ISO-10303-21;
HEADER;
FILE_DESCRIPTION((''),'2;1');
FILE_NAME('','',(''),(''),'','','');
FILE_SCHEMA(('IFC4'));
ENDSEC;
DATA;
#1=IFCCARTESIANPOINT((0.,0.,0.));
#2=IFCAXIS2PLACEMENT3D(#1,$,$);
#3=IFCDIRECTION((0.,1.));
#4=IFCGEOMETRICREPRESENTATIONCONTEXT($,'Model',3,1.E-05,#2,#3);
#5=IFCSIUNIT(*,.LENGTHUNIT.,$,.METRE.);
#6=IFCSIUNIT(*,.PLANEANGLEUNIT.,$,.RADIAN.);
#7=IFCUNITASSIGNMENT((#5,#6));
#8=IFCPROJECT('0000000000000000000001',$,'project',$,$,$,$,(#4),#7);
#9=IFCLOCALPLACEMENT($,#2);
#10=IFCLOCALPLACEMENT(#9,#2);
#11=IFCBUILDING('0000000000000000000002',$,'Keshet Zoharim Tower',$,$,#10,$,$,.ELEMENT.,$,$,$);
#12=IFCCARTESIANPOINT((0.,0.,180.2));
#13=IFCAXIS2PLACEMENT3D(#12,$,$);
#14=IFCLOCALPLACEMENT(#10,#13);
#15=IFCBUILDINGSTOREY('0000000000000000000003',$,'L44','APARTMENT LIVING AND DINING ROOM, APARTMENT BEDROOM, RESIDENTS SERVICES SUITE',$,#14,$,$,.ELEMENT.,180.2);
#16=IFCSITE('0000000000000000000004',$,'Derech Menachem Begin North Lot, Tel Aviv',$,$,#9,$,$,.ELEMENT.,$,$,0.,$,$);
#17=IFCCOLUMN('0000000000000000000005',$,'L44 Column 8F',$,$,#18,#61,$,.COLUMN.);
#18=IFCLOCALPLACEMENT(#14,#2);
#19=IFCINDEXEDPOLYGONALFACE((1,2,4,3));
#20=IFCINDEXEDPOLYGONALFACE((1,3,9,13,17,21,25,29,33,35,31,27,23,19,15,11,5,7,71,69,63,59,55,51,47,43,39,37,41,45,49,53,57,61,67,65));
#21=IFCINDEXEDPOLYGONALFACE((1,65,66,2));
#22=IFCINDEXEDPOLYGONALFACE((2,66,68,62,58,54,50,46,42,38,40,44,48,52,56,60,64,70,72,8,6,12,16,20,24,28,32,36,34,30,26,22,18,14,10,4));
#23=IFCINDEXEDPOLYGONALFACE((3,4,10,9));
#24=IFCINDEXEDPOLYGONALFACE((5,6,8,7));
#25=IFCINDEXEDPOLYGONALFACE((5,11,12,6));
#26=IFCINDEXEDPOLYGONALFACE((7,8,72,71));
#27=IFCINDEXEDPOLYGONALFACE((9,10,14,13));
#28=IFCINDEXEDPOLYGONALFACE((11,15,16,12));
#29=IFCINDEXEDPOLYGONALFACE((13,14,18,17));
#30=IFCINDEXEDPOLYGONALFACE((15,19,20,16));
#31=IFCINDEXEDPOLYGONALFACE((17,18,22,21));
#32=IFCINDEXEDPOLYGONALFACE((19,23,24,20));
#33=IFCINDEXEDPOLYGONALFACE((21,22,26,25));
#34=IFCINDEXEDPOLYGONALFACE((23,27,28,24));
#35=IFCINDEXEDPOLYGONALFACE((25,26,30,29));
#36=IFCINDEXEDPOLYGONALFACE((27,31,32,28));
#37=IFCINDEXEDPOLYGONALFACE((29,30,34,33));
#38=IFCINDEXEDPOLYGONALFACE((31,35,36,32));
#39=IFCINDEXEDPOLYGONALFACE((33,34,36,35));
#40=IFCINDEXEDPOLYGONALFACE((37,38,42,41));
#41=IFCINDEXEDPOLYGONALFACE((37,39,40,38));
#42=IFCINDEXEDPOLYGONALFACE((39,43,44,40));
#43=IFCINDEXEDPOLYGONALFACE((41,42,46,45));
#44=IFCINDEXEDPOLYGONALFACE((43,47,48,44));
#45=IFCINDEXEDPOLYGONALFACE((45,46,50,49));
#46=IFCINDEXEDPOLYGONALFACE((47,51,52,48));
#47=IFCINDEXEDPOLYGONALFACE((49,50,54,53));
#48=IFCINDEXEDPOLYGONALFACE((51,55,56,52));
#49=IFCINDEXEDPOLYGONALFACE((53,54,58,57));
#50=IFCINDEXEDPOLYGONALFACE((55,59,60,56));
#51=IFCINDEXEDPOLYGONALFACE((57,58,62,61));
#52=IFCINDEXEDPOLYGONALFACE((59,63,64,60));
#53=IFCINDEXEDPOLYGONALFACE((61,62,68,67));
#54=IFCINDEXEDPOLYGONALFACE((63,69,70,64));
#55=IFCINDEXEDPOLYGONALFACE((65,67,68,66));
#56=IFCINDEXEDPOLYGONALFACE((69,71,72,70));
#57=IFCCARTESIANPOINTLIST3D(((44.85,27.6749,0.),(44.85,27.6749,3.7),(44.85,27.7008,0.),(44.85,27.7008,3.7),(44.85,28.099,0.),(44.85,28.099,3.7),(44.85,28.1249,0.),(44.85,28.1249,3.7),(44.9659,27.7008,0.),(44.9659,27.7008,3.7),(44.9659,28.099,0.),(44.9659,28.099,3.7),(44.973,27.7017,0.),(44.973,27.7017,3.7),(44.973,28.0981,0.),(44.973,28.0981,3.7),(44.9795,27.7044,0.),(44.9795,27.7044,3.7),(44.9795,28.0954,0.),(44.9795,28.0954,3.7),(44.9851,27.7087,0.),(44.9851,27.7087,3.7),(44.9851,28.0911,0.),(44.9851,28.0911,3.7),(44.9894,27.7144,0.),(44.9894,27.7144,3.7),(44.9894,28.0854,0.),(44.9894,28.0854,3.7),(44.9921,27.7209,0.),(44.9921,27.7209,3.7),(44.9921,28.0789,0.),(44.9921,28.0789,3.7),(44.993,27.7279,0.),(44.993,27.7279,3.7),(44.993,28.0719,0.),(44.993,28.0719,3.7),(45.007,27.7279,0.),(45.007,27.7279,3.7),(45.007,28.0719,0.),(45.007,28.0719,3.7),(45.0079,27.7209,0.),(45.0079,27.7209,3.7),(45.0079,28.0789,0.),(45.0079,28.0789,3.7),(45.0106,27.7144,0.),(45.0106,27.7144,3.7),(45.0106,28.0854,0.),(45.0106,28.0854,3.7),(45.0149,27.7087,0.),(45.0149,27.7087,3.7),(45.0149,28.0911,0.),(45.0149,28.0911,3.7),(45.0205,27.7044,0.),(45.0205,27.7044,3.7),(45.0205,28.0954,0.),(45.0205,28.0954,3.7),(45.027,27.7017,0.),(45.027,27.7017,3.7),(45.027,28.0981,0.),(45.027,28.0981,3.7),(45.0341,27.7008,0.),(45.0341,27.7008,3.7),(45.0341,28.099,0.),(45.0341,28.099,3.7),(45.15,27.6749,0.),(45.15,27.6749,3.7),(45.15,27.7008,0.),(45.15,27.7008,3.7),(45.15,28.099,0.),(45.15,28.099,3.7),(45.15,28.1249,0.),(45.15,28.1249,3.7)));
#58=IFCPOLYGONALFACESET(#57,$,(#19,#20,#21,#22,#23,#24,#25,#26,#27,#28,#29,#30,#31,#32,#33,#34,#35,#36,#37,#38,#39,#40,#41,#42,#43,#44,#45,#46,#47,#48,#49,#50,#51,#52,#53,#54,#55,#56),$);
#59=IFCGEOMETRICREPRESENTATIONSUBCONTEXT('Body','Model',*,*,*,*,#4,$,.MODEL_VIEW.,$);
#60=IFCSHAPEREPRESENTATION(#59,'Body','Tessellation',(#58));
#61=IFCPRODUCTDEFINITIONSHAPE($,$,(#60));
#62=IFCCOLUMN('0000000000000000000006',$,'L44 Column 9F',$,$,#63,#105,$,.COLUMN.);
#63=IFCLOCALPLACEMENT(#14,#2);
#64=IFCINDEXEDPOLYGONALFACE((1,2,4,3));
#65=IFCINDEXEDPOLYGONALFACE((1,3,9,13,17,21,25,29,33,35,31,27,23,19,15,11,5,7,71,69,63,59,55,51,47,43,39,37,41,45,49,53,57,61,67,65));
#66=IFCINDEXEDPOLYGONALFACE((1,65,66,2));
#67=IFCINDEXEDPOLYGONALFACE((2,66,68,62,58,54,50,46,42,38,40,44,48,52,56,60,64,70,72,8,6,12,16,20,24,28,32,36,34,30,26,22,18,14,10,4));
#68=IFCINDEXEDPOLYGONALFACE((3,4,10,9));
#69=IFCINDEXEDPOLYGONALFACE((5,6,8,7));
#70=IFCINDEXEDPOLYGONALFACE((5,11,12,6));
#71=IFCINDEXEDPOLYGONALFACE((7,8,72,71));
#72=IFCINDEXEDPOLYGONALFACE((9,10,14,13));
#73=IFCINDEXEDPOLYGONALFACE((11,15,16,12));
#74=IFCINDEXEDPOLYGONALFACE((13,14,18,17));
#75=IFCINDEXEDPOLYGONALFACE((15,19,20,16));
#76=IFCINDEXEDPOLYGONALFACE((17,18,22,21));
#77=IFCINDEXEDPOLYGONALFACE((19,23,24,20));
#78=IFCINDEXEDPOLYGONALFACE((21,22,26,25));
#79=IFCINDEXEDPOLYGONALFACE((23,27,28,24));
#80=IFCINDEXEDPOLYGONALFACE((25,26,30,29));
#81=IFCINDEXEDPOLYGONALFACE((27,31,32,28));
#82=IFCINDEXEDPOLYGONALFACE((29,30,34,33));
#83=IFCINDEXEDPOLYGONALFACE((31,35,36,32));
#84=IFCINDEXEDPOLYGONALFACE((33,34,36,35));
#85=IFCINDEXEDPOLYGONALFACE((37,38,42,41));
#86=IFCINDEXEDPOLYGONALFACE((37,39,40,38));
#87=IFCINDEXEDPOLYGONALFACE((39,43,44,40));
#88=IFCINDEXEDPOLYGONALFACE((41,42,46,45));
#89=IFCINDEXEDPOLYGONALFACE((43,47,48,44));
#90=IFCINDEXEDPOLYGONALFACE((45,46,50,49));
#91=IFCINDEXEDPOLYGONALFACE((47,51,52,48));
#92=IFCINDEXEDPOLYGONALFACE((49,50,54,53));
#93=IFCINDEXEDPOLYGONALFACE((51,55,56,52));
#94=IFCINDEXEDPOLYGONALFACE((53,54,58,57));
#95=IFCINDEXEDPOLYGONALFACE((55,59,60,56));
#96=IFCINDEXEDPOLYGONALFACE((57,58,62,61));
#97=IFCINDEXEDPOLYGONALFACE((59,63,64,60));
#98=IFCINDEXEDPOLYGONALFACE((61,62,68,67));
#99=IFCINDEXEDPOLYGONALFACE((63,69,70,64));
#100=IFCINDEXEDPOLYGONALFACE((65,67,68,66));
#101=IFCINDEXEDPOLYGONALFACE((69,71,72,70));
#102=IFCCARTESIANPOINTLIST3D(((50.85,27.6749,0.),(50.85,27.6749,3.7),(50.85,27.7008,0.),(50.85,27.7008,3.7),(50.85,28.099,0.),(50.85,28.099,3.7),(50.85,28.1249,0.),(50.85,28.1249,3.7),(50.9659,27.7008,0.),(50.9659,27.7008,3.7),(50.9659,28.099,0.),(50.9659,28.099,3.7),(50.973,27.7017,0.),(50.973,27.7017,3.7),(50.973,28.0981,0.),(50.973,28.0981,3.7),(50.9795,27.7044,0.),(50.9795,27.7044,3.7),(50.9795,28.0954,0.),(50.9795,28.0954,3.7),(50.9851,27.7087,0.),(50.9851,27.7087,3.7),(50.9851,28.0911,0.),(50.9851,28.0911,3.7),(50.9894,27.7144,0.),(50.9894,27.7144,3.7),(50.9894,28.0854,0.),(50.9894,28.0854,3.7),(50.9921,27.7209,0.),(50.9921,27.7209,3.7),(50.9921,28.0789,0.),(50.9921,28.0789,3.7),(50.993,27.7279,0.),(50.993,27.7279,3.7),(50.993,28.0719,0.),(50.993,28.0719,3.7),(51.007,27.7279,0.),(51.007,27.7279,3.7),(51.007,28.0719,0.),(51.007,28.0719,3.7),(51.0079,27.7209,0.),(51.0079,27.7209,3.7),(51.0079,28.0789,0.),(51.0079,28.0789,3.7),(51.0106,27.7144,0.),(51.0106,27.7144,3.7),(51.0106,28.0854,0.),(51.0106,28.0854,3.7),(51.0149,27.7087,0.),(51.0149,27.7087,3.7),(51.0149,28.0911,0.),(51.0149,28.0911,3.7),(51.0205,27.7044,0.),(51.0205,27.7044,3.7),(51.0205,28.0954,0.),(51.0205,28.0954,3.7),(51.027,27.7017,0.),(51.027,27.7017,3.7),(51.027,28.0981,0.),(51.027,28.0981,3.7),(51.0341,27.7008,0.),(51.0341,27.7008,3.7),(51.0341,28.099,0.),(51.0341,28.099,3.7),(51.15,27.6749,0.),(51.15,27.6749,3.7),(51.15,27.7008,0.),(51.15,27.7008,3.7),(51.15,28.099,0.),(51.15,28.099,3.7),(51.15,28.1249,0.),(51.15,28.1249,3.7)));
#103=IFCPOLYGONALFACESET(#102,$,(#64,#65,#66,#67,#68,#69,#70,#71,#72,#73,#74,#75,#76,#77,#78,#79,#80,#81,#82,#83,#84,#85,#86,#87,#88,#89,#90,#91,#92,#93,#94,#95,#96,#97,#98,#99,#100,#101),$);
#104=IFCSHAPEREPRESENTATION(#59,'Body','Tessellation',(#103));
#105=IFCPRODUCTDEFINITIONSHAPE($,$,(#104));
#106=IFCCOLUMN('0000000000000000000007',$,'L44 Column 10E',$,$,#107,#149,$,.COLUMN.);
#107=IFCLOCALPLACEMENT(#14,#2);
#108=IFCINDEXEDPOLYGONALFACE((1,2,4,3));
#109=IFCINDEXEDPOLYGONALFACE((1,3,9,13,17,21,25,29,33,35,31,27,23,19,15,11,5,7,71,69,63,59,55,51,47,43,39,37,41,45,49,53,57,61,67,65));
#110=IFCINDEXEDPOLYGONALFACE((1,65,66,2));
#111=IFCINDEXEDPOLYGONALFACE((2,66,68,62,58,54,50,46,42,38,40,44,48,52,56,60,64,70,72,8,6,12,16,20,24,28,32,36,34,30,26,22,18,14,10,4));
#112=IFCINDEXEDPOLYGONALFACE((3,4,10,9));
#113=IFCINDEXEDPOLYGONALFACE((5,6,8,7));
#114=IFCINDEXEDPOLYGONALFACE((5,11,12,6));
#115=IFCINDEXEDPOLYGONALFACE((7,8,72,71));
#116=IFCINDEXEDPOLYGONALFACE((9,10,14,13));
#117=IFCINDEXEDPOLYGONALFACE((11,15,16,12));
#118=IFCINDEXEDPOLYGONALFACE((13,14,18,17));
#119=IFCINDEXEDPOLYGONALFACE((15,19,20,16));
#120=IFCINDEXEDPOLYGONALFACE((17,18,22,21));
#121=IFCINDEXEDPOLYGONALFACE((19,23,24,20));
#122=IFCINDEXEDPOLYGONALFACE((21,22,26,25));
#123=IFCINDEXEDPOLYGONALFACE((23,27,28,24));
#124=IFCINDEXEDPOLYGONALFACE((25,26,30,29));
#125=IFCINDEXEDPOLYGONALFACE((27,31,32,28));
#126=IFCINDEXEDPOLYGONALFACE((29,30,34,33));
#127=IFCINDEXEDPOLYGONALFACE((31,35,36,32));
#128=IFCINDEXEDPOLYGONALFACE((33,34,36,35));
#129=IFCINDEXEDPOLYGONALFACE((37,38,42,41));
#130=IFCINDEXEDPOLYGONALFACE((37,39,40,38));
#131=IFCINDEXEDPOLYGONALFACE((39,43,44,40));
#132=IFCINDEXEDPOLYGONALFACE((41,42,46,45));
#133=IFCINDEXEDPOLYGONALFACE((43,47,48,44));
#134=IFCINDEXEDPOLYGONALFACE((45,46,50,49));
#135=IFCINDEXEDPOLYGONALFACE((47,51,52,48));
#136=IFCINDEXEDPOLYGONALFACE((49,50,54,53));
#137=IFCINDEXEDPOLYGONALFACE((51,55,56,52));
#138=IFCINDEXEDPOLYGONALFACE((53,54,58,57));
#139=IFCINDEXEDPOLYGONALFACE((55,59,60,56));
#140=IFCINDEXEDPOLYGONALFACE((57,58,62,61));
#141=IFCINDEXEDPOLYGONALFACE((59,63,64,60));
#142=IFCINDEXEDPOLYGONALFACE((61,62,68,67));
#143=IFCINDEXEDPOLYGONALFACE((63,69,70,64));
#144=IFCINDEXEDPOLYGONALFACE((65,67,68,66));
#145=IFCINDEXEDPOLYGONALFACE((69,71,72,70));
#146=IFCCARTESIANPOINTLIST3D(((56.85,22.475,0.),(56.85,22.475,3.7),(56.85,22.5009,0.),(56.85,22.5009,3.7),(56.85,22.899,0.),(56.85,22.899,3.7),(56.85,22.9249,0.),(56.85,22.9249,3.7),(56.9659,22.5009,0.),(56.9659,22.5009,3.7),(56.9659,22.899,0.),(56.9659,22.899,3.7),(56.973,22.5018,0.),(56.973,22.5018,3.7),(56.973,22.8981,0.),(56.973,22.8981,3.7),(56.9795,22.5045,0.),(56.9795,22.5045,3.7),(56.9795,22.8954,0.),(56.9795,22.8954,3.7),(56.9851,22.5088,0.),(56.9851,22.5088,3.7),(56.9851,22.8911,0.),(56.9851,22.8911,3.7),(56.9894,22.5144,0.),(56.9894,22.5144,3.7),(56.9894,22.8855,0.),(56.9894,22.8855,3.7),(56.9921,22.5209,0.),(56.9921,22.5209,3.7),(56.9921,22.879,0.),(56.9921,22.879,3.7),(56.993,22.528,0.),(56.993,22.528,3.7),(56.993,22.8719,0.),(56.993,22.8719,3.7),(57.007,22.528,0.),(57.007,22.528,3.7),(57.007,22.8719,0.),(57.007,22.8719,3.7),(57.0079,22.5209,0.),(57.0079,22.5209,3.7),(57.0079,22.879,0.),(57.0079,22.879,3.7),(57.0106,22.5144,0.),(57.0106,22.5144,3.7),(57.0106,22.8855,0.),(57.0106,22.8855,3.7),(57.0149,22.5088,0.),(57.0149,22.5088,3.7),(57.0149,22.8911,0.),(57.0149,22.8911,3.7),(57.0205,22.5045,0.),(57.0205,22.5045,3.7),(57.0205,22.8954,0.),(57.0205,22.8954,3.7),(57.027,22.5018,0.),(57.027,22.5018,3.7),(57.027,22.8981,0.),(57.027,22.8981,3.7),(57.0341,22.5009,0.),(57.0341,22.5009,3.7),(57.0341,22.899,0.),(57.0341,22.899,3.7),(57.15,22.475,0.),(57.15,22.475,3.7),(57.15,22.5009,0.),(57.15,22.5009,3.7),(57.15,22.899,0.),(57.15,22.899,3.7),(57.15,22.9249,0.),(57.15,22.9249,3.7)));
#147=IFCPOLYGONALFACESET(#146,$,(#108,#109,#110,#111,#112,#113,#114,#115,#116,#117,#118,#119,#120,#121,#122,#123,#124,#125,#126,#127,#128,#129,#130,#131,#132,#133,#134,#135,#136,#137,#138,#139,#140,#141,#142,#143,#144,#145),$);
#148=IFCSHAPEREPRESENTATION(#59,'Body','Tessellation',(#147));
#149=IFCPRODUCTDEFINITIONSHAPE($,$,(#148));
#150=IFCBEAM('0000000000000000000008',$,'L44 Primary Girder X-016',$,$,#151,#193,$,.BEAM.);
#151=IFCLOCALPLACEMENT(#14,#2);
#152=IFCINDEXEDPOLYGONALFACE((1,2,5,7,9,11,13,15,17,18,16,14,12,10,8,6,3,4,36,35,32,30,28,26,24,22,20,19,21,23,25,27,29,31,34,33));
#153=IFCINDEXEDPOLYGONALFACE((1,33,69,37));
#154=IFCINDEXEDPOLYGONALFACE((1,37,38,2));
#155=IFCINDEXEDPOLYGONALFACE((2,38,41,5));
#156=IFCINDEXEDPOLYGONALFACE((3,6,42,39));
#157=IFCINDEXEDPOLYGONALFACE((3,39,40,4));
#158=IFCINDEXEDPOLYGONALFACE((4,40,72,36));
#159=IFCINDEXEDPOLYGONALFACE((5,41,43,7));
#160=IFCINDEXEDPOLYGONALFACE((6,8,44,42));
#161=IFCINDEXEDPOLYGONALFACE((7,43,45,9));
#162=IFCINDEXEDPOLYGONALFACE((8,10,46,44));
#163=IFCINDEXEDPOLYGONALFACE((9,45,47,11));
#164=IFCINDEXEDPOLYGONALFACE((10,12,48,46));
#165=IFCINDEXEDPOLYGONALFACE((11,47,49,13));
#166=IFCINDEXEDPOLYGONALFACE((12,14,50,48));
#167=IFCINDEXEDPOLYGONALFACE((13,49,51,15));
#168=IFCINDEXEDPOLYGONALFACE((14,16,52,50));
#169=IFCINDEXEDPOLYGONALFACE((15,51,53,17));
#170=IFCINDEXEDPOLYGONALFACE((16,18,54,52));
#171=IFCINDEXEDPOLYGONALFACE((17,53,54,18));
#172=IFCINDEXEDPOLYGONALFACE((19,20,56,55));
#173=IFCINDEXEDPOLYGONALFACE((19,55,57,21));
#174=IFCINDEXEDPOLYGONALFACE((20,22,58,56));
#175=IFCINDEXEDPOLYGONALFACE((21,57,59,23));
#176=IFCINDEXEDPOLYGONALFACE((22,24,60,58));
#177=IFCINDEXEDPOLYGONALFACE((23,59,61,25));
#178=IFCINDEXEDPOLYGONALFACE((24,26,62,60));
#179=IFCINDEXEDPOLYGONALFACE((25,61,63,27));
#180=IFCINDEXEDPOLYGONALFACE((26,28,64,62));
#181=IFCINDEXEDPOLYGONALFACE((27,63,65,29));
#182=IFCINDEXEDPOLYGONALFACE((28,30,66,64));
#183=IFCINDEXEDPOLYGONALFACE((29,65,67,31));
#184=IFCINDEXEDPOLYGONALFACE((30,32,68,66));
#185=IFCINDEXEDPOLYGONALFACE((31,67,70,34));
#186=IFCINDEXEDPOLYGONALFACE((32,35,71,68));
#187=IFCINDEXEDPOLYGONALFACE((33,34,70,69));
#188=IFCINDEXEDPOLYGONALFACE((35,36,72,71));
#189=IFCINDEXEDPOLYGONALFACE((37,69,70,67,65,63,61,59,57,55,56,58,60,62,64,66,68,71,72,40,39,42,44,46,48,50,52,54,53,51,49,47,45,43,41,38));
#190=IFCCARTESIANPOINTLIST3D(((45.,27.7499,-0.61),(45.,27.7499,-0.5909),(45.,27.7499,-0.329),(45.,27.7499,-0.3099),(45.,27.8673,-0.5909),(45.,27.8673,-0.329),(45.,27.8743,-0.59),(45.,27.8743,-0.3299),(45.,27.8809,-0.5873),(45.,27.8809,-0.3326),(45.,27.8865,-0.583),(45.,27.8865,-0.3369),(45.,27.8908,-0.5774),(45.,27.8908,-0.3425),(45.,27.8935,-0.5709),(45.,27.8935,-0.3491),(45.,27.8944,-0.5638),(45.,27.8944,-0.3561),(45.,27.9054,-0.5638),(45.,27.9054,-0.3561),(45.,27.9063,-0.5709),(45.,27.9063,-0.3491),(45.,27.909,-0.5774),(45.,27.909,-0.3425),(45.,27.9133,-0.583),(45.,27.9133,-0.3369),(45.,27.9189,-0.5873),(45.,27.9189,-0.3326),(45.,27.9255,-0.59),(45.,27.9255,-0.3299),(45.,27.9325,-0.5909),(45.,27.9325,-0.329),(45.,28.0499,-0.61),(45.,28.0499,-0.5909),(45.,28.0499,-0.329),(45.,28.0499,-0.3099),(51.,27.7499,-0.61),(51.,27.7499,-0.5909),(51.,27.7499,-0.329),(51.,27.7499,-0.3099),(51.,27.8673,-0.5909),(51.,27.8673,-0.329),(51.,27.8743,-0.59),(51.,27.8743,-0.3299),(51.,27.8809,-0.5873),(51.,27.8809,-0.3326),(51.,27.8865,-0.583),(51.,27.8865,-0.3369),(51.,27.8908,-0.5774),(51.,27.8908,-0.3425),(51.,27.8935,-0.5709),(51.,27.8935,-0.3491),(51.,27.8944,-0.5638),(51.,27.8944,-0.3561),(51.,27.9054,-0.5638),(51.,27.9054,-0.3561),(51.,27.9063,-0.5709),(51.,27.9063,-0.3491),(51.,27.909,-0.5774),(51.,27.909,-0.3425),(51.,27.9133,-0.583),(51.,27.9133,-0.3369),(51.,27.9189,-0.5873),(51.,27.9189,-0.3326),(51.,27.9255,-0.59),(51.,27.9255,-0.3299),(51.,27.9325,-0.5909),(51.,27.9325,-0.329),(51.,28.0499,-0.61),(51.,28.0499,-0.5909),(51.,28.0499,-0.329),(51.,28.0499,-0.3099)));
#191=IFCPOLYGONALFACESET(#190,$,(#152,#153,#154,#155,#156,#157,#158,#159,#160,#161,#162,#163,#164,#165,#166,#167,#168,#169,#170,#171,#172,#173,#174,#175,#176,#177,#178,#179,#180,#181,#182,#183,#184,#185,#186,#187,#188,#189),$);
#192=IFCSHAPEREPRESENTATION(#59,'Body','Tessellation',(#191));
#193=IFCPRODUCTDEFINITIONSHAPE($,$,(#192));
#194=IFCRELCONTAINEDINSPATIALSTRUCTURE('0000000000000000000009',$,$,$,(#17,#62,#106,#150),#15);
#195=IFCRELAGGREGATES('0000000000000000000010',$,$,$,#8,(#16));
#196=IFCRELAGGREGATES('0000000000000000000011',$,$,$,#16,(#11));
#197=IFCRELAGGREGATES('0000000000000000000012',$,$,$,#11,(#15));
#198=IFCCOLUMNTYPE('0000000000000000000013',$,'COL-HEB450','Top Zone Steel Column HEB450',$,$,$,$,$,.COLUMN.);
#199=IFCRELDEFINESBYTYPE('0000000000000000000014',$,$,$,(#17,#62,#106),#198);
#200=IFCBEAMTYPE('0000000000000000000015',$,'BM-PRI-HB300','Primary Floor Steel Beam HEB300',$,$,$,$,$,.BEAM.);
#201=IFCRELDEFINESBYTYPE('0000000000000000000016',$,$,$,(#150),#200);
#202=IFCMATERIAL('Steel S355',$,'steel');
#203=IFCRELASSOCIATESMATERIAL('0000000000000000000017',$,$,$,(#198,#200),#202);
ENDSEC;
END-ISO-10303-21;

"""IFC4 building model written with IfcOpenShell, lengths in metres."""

from ifc_helpers import new_model, si_unit, direction, frame, origin, origin_2d, place, context, subcontext, project, spatial, i_section, extrude, material, material_profile, profile_set, type_object, element, save


model = new_model("IFC4")

# Units and contexts
model_context = context("Model", 3, precision=1e-05, world=origin(), true_north=direction((0.0, 1.0)))
body_context = subcontext(model_context, "Body", "Model", "MODEL_VIEW")
ifc_project = project(units=[si_unit("LENGTHUNIT", "METRE"), si_unit("PLANEANGLEUNIT", "RADIAN")], contexts=[model_context])

# Site, building, storey
site_placement = place(None, origin())
site = spatial("IfcSite", under=ifc_project, at=site_placement, Name="Derech Menachem Begin North Lot, Tel Aviv", CompositionType="ELEMENT", RefElevation=0.0)
building_placement = place(site_placement, origin())
building = spatial("IfcBuilding", under=site, at=building_placement, Name="Keshet Zoharim Tower", CompositionType="ELEMENT")
storey_placement = place(building_placement, frame((0.0, 0.0, 180.2)))
storey = spatial("IfcBuildingStorey", under=building, at=storey_placement, Name="L44", Description="APARTMENT LIVING AND DINING ROOM, APARTMENT BEDROOM, RESIDENTS SERVICES SUITE", CompositionType="ELEMENT", Elevation=180.2)

# Columns
ifc_material_1 = material(Name="Steel S355", Category="steel")
ifc_material_profile_1 = material_profile(ifc_material_1, i_section(OverallWidth=0.3, OverallDepth=0.45, WebThickness=0.0139, FlangeThickness=0.0259, FilletRadius=0.0271, at=origin_2d()), Name="HEB450")
ifc_profile_set_1 = profile_set([ifc_material_profile_1], Name="Steel S355")
column_type = type_object("IfcColumnType", Name="COL-HEB450", Description="Top Zone Steel Column HEB450", PredefinedType="COLUMN", material=ifc_profile_set_1)
for number, where, z_axis, x_axis, name in (
    (1, (45.0, 27.8999, 0.0), (0.0, 0.0, 1.0), (1.0, 0.0, 0.0), "L44 Column 8F"),
    (2, (51.0, 27.8999, 0.0), (0.0, 0.0, 1.0), (1.0, 0.0, 0.0), "L44 Column 9F"),
    (3, (57.0, 22.7, 0.0), (0.0, 0.0, 1.0), (1.0, 0.0, 0.0), "L44 Column 10E"),
):
    element("IfcColumn", number, at=place(storey_placement, frame(where, z_axis=z_axis, x_axis=x_axis)), inside=storey, type_object=column_type, Name=name, PredefinedType="COLUMN", context=body_context, shape_type="SweptSolid", body=[
        extrude(i_section(OverallWidth=0.3, OverallDepth=0.45, WebThickness=0.0139, FlangeThickness=0.0259, FilletRadius=0.0271, at=origin_2d()), origin(), (0.0, 0.0, 1.0), 3.7),
    ])

# Beam
ifc_material_profile_2 = material_profile(ifc_material_1, i_section(OverallWidth=0.3, OverallDepth=0.3, WebThickness=0.011, FlangeThickness=0.019, FilletRadius=0.0271, at=origin_2d()), Name="HEB300")
ifc_profile_set_2 = profile_set([ifc_material_profile_2], Name="Steel S355")
beam_type = type_object("IfcBeamType", Name="BM-PRI-HB300", Description="Primary Floor Steel Beam HEB300", PredefinedType="BEAM", material=ifc_profile_set_2)
beam_placement = place(storey_placement, frame((45.0, 27.8999, -0.46), z_axis=(1.0, 0.0, 0.0), x_axis=(0.0, 1.0, 0.0)))
element("IfcBeam", 4, at=beam_placement, inside=storey, type_object=beam_type, Name="L44 Primary Girder X-016", PredefinedType="BEAM", context=body_context, shape_type="SweptSolid", body=[
    extrude(i_section(OverallWidth=0.3, OverallDepth=0.3, WebThickness=0.011, FlangeThickness=0.019, FilletRadius=0.0271, at=origin_2d()), origin(), (0.0, 0.0, 1.0), 6.0),
])

save(model, "model.ifc")
